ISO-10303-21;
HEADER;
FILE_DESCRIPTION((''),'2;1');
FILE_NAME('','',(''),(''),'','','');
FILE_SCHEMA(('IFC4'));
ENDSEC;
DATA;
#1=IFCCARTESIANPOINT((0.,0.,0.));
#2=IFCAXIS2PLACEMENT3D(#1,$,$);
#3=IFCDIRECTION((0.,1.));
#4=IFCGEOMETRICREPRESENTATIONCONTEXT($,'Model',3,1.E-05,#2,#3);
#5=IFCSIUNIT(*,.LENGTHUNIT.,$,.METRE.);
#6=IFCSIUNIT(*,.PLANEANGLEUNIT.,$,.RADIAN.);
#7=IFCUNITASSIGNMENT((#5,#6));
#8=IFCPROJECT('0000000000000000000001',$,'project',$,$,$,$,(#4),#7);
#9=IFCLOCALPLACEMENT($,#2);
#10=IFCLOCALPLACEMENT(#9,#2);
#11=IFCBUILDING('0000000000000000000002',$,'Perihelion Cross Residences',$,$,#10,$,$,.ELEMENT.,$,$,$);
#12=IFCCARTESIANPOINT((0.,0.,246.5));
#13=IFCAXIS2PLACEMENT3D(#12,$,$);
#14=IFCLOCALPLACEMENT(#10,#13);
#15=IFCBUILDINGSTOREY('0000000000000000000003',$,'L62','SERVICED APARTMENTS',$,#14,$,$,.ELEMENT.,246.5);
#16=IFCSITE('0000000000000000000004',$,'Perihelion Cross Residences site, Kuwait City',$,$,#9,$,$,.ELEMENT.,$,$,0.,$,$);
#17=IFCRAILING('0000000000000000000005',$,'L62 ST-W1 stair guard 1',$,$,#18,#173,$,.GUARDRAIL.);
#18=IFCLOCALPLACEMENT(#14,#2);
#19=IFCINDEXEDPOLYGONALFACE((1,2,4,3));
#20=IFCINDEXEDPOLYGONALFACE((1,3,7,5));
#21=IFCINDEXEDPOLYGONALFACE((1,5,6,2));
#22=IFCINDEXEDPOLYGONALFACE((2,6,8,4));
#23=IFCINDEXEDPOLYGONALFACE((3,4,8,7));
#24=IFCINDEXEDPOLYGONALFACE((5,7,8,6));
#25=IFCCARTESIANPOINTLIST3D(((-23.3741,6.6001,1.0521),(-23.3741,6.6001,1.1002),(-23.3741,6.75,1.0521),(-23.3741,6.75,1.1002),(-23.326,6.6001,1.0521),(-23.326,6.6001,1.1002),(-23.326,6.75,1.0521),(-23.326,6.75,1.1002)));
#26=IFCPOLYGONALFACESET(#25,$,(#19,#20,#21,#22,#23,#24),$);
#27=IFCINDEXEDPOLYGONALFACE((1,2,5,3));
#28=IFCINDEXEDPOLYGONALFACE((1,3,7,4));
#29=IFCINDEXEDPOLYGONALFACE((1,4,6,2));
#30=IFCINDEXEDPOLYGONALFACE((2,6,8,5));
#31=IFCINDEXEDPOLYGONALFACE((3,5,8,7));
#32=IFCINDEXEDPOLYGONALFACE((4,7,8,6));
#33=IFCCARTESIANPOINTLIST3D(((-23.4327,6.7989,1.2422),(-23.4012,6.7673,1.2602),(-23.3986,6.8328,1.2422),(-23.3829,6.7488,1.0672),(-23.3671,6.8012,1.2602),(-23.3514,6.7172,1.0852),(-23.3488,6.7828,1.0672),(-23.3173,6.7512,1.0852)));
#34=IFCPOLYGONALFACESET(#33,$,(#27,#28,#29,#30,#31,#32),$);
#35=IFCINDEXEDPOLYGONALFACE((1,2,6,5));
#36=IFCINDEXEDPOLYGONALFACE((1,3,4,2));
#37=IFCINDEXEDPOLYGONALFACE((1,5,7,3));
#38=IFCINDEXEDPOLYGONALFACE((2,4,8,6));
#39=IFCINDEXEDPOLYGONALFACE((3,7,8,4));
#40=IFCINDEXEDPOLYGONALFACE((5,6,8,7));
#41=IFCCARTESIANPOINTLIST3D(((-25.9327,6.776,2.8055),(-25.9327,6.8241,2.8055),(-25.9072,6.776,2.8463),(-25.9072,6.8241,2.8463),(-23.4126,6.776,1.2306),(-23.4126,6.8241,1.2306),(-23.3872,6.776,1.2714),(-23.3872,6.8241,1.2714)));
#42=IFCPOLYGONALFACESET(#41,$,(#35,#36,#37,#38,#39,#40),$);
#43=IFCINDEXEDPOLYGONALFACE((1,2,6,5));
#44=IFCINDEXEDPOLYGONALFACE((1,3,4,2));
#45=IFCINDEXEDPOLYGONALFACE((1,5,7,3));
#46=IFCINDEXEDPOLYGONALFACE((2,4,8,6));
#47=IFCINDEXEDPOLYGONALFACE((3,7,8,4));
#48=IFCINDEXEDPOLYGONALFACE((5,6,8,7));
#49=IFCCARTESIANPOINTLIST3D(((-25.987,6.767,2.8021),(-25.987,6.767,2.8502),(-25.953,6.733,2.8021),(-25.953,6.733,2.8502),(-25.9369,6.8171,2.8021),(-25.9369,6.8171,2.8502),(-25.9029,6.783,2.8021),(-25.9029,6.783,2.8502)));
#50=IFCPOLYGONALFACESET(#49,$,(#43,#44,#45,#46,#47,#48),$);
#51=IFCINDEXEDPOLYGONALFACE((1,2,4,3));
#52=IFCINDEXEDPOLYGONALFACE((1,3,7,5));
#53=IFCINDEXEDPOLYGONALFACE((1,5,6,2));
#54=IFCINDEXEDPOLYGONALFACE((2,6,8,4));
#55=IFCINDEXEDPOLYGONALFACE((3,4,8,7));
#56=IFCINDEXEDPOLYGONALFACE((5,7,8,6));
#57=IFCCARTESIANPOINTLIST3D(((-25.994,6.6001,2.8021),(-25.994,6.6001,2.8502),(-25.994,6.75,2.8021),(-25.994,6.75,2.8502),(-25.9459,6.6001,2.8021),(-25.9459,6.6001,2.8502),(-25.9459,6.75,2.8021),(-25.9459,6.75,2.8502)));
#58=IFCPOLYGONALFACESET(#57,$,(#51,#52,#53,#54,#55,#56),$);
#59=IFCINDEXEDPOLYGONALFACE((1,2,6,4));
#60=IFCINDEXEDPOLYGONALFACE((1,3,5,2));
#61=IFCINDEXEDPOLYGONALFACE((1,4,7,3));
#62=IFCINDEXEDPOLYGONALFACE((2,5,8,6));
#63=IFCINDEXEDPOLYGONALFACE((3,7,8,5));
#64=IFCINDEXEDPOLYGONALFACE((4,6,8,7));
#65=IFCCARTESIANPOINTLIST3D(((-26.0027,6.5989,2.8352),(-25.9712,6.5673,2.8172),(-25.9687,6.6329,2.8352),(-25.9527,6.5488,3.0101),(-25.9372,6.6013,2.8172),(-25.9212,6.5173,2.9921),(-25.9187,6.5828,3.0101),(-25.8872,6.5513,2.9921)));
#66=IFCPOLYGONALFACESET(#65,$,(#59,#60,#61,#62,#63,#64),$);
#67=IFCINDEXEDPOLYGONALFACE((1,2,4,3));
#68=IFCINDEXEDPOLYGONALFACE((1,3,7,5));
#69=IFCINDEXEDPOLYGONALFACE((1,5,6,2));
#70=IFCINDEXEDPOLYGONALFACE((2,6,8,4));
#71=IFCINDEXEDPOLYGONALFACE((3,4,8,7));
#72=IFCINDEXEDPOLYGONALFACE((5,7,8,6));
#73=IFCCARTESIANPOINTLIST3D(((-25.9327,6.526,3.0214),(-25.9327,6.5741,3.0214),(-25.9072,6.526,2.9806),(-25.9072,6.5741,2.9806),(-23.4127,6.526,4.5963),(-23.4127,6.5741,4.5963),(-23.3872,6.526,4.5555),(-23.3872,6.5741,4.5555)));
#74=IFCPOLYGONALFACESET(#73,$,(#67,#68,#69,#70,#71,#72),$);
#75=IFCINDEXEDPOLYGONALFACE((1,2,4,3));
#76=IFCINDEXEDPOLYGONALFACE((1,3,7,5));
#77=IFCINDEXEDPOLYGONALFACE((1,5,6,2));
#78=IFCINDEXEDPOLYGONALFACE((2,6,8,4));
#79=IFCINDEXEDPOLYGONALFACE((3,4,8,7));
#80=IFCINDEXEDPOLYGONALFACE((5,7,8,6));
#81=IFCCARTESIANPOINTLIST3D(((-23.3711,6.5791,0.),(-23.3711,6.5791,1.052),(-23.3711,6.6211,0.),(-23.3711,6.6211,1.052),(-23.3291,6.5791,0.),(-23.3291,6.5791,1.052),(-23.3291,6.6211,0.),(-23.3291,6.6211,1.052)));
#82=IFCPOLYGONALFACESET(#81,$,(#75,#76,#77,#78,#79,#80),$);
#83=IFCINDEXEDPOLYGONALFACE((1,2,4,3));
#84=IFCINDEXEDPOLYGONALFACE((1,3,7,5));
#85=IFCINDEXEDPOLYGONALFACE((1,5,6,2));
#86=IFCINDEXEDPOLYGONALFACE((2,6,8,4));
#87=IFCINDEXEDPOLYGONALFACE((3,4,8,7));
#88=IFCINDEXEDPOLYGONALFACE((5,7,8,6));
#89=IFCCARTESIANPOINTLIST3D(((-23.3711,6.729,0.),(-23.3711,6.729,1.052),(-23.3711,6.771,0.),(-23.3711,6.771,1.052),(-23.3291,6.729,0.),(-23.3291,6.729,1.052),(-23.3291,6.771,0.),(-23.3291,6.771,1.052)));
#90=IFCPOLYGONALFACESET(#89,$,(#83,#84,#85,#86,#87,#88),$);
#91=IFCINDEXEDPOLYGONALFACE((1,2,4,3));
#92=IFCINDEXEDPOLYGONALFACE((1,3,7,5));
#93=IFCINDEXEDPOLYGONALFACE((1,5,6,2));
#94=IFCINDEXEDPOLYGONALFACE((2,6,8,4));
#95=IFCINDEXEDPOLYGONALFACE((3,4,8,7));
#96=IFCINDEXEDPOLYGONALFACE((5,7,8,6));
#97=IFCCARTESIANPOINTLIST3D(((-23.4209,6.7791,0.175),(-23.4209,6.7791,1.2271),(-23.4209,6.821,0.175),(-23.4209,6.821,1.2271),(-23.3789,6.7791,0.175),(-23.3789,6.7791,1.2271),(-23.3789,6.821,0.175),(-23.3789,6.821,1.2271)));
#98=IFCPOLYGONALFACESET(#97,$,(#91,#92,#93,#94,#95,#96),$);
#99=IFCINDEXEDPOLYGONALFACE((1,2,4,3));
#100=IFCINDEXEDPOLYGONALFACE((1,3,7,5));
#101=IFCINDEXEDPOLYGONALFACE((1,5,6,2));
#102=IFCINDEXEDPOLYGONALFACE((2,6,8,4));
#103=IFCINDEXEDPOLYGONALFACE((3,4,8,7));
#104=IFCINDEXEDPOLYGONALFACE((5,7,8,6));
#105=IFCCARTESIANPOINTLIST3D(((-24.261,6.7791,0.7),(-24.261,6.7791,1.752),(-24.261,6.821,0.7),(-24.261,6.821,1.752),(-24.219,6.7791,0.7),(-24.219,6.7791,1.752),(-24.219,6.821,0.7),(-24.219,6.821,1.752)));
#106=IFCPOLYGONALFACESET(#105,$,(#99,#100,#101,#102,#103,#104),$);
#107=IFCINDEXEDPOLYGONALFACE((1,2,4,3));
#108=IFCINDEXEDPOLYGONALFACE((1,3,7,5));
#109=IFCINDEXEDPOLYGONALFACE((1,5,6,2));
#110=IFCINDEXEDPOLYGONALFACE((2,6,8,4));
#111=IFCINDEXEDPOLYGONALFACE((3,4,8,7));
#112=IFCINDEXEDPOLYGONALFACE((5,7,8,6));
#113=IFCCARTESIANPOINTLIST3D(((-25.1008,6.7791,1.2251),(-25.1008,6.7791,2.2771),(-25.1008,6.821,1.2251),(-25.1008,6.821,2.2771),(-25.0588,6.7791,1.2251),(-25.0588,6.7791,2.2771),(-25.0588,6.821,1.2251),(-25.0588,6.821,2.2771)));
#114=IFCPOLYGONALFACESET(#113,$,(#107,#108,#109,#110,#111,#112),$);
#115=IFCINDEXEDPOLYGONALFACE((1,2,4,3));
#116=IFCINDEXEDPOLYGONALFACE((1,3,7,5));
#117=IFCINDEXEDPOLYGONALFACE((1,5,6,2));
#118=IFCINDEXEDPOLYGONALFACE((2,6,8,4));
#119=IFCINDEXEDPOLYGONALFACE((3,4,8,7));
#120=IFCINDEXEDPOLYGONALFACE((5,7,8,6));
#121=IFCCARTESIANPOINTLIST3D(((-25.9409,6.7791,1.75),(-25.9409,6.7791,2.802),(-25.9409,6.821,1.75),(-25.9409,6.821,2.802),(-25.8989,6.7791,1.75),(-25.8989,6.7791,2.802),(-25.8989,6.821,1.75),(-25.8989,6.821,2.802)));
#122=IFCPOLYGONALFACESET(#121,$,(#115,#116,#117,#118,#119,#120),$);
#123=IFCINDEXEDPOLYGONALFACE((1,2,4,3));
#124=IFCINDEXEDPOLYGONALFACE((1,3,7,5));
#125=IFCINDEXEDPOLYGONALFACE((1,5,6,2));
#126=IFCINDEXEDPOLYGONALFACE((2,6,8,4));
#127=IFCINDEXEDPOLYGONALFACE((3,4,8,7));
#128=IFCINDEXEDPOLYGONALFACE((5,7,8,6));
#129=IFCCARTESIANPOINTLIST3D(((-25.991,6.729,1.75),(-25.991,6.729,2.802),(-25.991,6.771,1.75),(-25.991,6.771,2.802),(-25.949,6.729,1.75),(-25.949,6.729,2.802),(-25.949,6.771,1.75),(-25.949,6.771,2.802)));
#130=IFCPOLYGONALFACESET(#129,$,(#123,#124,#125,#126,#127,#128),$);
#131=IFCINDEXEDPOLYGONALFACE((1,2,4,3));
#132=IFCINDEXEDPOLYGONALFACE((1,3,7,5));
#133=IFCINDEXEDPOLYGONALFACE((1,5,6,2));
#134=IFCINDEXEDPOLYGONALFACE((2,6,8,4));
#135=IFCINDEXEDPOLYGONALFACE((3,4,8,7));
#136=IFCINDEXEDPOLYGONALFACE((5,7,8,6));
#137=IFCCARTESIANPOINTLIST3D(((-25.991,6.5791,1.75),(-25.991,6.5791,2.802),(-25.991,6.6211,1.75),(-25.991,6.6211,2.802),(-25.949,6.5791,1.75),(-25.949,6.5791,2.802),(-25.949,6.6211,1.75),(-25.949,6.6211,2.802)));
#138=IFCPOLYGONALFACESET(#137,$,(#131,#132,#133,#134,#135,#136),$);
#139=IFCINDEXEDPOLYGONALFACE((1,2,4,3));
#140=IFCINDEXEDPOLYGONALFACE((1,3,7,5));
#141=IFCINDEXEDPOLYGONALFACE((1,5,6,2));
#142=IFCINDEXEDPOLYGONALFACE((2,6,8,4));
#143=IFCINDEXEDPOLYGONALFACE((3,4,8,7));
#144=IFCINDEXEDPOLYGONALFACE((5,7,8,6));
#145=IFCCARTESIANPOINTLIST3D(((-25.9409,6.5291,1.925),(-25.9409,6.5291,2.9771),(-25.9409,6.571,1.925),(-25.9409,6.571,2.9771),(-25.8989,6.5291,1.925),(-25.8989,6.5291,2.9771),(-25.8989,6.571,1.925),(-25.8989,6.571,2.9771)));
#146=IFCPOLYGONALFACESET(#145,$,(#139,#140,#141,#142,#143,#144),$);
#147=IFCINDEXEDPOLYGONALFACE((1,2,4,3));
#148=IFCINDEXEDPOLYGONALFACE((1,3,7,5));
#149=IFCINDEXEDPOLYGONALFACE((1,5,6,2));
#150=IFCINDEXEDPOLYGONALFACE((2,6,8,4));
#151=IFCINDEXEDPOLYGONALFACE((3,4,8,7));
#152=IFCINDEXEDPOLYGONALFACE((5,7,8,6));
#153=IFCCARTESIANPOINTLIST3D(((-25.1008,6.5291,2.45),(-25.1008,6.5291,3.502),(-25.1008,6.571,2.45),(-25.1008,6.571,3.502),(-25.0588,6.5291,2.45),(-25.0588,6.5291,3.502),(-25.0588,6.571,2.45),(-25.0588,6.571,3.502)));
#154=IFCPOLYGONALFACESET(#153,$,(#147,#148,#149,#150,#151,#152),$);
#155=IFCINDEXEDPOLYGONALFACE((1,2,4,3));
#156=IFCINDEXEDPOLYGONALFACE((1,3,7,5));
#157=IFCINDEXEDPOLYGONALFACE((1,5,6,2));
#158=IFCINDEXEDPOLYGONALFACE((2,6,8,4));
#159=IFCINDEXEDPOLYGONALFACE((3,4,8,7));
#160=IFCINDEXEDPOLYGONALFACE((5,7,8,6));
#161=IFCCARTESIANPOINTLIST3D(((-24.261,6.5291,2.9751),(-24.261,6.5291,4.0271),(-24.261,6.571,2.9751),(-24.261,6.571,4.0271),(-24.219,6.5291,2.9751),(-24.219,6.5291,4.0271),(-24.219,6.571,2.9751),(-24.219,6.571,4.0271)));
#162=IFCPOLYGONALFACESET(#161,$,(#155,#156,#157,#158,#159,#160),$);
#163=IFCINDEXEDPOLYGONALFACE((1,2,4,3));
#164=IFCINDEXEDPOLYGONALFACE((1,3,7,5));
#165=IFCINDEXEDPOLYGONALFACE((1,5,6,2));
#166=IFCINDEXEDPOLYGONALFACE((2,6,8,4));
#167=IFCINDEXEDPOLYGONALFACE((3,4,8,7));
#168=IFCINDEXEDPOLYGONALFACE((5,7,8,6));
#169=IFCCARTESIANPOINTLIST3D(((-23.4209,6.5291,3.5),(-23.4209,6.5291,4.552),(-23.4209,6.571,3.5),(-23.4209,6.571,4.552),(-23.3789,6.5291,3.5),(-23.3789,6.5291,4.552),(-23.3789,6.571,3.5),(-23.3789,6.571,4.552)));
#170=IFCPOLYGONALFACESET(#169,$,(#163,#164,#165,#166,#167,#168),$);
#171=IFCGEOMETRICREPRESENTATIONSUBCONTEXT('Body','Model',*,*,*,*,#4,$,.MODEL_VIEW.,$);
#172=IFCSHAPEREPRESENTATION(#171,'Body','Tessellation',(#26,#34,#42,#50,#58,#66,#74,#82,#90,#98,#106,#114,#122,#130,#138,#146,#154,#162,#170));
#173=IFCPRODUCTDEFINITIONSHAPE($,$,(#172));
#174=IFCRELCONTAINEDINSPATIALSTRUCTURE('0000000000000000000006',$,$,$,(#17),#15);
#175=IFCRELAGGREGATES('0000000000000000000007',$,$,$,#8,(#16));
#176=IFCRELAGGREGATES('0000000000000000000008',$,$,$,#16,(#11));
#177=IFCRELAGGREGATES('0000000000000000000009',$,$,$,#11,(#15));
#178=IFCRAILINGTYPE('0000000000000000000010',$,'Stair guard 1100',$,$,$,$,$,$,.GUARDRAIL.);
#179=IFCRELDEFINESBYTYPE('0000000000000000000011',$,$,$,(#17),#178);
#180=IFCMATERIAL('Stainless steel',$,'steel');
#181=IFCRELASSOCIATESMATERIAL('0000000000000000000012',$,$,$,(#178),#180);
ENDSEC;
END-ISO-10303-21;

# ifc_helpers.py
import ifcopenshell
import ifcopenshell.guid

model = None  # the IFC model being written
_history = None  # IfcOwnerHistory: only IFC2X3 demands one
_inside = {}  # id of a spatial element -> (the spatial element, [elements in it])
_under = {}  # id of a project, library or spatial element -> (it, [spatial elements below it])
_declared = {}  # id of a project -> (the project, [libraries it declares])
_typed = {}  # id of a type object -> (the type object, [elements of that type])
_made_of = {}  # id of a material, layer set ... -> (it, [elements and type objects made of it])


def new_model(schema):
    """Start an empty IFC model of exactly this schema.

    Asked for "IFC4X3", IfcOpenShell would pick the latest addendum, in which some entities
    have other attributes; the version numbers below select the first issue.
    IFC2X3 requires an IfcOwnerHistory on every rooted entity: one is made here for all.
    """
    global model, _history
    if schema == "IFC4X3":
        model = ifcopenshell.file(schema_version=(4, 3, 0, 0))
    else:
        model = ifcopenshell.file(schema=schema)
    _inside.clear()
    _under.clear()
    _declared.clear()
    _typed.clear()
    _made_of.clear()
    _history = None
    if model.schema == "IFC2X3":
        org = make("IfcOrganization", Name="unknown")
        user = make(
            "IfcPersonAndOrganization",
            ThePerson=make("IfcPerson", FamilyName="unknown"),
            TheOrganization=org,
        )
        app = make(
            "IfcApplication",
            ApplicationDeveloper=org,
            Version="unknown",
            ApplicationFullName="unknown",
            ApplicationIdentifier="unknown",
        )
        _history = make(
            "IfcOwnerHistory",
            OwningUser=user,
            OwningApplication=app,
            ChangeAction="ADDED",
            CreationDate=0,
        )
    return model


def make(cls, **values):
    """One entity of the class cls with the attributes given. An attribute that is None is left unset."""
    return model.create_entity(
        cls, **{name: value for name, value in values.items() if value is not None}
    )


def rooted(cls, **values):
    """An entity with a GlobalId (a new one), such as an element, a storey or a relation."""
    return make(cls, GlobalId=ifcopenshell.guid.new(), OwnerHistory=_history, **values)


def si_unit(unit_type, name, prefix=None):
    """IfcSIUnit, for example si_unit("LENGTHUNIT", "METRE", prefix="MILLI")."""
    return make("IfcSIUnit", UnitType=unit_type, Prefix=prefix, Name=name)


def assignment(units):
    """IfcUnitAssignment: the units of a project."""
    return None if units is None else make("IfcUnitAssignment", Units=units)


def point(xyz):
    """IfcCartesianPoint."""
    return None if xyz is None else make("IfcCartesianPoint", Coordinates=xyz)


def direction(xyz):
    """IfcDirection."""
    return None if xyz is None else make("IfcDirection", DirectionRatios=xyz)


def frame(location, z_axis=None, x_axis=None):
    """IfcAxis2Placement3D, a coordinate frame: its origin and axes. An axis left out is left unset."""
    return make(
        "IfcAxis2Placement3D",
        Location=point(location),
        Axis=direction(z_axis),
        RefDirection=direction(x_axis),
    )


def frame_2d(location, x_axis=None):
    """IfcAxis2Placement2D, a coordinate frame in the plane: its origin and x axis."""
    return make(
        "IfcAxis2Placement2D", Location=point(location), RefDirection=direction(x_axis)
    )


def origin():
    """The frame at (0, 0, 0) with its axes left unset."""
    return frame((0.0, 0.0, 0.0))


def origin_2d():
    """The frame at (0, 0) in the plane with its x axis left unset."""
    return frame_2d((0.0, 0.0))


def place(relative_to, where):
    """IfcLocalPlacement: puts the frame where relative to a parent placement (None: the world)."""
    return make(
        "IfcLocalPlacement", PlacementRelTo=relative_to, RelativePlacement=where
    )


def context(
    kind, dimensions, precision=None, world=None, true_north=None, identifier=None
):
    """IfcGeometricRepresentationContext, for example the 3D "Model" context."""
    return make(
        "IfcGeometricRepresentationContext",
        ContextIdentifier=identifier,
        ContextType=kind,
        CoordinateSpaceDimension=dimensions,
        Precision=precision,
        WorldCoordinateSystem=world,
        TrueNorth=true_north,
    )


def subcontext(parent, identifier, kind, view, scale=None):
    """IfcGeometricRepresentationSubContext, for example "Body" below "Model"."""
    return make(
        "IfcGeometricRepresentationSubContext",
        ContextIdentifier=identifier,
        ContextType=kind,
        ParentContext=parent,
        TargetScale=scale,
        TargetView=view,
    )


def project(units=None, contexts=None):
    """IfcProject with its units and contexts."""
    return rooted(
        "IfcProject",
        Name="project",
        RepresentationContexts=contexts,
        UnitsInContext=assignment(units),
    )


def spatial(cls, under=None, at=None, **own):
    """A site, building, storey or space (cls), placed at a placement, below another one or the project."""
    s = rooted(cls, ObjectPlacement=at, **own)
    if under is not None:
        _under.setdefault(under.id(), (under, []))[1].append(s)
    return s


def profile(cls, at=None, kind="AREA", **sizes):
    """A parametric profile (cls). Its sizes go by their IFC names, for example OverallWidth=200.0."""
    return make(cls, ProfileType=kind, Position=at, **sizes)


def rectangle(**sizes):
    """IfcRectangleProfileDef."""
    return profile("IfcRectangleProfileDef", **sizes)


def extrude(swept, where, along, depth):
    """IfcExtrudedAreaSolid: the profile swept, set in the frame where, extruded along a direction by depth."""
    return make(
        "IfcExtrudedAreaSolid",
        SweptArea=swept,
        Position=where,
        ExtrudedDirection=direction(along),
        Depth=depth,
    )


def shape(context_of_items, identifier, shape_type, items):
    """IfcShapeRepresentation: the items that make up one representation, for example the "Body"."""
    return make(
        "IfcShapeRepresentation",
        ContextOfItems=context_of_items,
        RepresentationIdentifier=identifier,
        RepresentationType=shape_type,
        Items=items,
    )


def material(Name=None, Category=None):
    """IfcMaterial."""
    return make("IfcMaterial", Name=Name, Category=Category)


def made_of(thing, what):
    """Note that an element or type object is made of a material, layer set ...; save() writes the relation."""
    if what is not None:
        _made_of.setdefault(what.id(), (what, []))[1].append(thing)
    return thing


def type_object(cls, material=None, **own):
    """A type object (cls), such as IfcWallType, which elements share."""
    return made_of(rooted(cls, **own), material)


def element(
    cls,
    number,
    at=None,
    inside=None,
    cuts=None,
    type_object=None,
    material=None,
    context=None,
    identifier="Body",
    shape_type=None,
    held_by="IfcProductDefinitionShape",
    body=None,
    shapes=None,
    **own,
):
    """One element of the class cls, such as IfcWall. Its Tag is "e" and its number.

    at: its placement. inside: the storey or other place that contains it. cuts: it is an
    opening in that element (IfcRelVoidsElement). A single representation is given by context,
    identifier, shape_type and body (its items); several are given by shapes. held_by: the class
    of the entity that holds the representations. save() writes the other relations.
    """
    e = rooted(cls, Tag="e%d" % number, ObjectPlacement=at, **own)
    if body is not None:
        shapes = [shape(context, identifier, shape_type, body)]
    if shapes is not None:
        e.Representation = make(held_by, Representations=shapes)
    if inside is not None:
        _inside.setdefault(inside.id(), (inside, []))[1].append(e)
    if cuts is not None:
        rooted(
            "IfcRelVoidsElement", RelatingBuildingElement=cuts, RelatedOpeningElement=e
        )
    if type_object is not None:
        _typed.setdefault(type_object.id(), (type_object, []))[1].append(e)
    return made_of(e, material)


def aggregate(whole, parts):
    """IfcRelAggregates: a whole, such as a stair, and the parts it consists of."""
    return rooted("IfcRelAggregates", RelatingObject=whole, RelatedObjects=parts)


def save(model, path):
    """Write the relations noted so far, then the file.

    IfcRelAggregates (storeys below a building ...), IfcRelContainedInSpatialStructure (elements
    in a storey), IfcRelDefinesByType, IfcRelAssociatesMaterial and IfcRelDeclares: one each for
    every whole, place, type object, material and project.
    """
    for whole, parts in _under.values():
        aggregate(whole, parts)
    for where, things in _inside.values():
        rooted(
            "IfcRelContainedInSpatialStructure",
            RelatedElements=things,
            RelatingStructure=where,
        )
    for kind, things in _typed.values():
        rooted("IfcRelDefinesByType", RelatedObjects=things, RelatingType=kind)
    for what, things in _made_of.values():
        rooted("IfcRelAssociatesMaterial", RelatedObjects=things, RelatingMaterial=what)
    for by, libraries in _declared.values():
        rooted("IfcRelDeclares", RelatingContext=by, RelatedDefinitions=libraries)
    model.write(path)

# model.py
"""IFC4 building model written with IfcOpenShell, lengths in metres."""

from ifc_helpers import new_model, si_unit, direction, frame, origin, origin_2d, place, context, subcontext, project, spatial, rectangle, extrude, material, type_object, element, save


model = new_model("IFC4")

# Units and contexts
model_context = context("Model", 3, precision=1e-05, world=origin(), true_north=direction((0.0, 1.0)))
body_context = subcontext(model_context, "Body", "Model", "MODEL_VIEW")
ifc_project = project(units=[si_unit("LENGTHUNIT", "METRE"), si_unit("PLANEANGLEUNIT", "RADIAN")], contexts=[model_context])

# Site, building, storey
site_placement = place(None, origin())
site = spatial("IfcSite", under=ifc_project, at=site_placement, Name="Perihelion Cross Residences site, Kuwait City", CompositionType="ELEMENT", RefElevation=0.0)
building_placement = place(site_placement, origin())
building = spatial("IfcBuilding", under=site, at=building_placement, Name="Perihelion Cross Residences", CompositionType="ELEMENT")
storey_placement = place(building_placement, frame((0.0, 0.0, 246.5)))
storey = spatial("IfcBuildingStorey", under=building, at=storey_placement, Name="L62", Description="SERVICED APARTMENTS", CompositionType="ELEMENT", Elevation=246.5)

# Railing
ifc_material_1 = material(Name="Stainless steel", Category="steel")
railing_type_1 = type_object("IfcRailingType", Name="Stair guard 1100", PredefinedType="GUARDRAIL", material=ifc_material_1)
railing_1_placement = place(storey_placement, frame((-23.3501, 6.6001, 0.0)))
element("IfcRailing", 1, at=railing_1_placement, inside=storey, type_object=railing_type_1, Name="L62 ST-W1 stair guard 1", PredefinedType="GUARDRAIL", context=body_context, shape_type="SweptSolid", body=[
    extrude(rectangle(XDim=0.0481, YDim=0.0481, at=origin_2d()), frame((0.0, 0.0, 1.0762), z_axis=(0.0, 1.0, 0.0), x_axis=(-1.0, 0.0, 0.0)), (0.0, 0.0, 1.0), 0.1499),
    extrude(rectangle(XDim=0.0481, YDim=0.0481, at=origin_2d()), frame((0.0, 0.1499, 1.0762), z_axis=(-0.263862, 0.265156, 0.927399), x_axis=(-0.708834, -0.705376, 0.0)), (0.0, 0.0, 1.0), 0.1887),
    extrude(rectangle(XDim=0.0481, YDim=0.0481, at=origin_2d()), frame((-0.0498, 0.2, 1.251), z_axis=(-0.848008, 0.0, 0.529984), x_axis=(0.0, -1.0, 0.0)), (0.0, 0.0, 1.0), 2.9717),
    extrude(rectangle(XDim=0.0481, YDim=0.0481, at=origin_2d()), frame((-2.5698, 0.2, 2.8262), z_axis=(-0.707107, -0.707107, 0.0), x_axis=(0.707107, -0.707107, 0.0)), (0.0, 0.0, 1.0), 0.0708),
    extrude(rectangle(XDim=0.0481, YDim=0.0481, at=origin_2d()), frame((-2.6199, 0.1499, 2.8262), z_axis=(0.0, -1.0, 0.0), x_axis=(1.0, 0.0, 0.0)), (0.0, 0.0, 1.0), 0.1499),
    extrude(rectangle(XDim=0.0481, YDim=0.0481, at=origin_2d()), frame((-2.6199, 0.0, 2.8262), z_axis=(0.265065, -0.265065, 0.927082), x_axis=(0.707107, 0.707107, 0.0)), (0.0, 0.0, 1.0), 0.1887),
    extrude(rectangle(XDim=0.0481, YDim=0.0481, at=origin_2d()), frame((-2.5698, -0.05, 3.001), z_axis=(0.848008, 0.0, 0.529984), x_axis=(0.0, 1.0, 0.0)), (0.0, 0.0, 1.0), 2.9717),
    extrude(rectangle(XDim=0.042, YDim=0.042, at=origin_2d()), origin(), (0.0, 0.0, 1.0), 1.052),
    extrude(rectangle(XDim=0.042, YDim=0.042, at=origin_2d()), frame((0.0, 0.1499, 0.0)), (0.0, 0.0, 1.0), 1.052),
    extrude(rectangle(XDim=0.042, YDim=0.042, at=origin_2d()), frame((-0.0498, 0.2, 0.175)), (0.0, 0.0, 1.0), 1.052),
    extrude(rectangle(XDim=0.042, YDim=0.042, at=origin_2d()), frame((-0.8899, 0.2, 0.7)), (0.0, 0.0, 1.0), 1.052),
    extrude(rectangle(XDim=0.042, YDim=0.042, at=origin_2d()), frame((-1.7297, 0.2, 1.2251)), (0.0, 0.0, 1.0), 1.052),
    extrude(rectangle(XDim=0.042, YDim=0.042, at=origin_2d()), frame((-2.5698, 0.2, 1.75)), (0.0, 0.0, 1.0), 1.052),
    extrude(rectangle(XDim=0.042, YDim=0.042, at=origin_2d()), frame((-2.6199, 0.1499, 1.75)), (0.0, 0.0, 1.0), 1.052),
    extrude(rectangle(XDim=0.042, YDim=0.042, at=origin_2d()), frame((-2.6199, 0.0, 1.75)), (0.0, 0.0, 1.0), 1.052),
    extrude(rectangle(XDim=0.042, YDim=0.042, at=origin_2d()), frame((-2.5698, -0.05, 1.925)), (0.0, 0.0, 1.0), 1.052),
    extrude(rectangle(XDim=0.042, YDim=0.042, at=origin_2d()), frame((-1.7297, -0.05, 2.45)), (0.0, 0.0, 1.0), 1.052),
    extrude(rectangle(XDim=0.042, YDim=0.042, at=origin_2d()), frame((-0.8899, -0.05, 2.9751)), (0.0, 0.0, 1.0), 1.052),
    extrude(rectangle(XDim=0.042, YDim=0.042, at=origin_2d()), frame((-0.0498, -0.05, 3.5)), (0.0, 0.0, 1.0), 1.052),
])

save(model, "model.ifc")
